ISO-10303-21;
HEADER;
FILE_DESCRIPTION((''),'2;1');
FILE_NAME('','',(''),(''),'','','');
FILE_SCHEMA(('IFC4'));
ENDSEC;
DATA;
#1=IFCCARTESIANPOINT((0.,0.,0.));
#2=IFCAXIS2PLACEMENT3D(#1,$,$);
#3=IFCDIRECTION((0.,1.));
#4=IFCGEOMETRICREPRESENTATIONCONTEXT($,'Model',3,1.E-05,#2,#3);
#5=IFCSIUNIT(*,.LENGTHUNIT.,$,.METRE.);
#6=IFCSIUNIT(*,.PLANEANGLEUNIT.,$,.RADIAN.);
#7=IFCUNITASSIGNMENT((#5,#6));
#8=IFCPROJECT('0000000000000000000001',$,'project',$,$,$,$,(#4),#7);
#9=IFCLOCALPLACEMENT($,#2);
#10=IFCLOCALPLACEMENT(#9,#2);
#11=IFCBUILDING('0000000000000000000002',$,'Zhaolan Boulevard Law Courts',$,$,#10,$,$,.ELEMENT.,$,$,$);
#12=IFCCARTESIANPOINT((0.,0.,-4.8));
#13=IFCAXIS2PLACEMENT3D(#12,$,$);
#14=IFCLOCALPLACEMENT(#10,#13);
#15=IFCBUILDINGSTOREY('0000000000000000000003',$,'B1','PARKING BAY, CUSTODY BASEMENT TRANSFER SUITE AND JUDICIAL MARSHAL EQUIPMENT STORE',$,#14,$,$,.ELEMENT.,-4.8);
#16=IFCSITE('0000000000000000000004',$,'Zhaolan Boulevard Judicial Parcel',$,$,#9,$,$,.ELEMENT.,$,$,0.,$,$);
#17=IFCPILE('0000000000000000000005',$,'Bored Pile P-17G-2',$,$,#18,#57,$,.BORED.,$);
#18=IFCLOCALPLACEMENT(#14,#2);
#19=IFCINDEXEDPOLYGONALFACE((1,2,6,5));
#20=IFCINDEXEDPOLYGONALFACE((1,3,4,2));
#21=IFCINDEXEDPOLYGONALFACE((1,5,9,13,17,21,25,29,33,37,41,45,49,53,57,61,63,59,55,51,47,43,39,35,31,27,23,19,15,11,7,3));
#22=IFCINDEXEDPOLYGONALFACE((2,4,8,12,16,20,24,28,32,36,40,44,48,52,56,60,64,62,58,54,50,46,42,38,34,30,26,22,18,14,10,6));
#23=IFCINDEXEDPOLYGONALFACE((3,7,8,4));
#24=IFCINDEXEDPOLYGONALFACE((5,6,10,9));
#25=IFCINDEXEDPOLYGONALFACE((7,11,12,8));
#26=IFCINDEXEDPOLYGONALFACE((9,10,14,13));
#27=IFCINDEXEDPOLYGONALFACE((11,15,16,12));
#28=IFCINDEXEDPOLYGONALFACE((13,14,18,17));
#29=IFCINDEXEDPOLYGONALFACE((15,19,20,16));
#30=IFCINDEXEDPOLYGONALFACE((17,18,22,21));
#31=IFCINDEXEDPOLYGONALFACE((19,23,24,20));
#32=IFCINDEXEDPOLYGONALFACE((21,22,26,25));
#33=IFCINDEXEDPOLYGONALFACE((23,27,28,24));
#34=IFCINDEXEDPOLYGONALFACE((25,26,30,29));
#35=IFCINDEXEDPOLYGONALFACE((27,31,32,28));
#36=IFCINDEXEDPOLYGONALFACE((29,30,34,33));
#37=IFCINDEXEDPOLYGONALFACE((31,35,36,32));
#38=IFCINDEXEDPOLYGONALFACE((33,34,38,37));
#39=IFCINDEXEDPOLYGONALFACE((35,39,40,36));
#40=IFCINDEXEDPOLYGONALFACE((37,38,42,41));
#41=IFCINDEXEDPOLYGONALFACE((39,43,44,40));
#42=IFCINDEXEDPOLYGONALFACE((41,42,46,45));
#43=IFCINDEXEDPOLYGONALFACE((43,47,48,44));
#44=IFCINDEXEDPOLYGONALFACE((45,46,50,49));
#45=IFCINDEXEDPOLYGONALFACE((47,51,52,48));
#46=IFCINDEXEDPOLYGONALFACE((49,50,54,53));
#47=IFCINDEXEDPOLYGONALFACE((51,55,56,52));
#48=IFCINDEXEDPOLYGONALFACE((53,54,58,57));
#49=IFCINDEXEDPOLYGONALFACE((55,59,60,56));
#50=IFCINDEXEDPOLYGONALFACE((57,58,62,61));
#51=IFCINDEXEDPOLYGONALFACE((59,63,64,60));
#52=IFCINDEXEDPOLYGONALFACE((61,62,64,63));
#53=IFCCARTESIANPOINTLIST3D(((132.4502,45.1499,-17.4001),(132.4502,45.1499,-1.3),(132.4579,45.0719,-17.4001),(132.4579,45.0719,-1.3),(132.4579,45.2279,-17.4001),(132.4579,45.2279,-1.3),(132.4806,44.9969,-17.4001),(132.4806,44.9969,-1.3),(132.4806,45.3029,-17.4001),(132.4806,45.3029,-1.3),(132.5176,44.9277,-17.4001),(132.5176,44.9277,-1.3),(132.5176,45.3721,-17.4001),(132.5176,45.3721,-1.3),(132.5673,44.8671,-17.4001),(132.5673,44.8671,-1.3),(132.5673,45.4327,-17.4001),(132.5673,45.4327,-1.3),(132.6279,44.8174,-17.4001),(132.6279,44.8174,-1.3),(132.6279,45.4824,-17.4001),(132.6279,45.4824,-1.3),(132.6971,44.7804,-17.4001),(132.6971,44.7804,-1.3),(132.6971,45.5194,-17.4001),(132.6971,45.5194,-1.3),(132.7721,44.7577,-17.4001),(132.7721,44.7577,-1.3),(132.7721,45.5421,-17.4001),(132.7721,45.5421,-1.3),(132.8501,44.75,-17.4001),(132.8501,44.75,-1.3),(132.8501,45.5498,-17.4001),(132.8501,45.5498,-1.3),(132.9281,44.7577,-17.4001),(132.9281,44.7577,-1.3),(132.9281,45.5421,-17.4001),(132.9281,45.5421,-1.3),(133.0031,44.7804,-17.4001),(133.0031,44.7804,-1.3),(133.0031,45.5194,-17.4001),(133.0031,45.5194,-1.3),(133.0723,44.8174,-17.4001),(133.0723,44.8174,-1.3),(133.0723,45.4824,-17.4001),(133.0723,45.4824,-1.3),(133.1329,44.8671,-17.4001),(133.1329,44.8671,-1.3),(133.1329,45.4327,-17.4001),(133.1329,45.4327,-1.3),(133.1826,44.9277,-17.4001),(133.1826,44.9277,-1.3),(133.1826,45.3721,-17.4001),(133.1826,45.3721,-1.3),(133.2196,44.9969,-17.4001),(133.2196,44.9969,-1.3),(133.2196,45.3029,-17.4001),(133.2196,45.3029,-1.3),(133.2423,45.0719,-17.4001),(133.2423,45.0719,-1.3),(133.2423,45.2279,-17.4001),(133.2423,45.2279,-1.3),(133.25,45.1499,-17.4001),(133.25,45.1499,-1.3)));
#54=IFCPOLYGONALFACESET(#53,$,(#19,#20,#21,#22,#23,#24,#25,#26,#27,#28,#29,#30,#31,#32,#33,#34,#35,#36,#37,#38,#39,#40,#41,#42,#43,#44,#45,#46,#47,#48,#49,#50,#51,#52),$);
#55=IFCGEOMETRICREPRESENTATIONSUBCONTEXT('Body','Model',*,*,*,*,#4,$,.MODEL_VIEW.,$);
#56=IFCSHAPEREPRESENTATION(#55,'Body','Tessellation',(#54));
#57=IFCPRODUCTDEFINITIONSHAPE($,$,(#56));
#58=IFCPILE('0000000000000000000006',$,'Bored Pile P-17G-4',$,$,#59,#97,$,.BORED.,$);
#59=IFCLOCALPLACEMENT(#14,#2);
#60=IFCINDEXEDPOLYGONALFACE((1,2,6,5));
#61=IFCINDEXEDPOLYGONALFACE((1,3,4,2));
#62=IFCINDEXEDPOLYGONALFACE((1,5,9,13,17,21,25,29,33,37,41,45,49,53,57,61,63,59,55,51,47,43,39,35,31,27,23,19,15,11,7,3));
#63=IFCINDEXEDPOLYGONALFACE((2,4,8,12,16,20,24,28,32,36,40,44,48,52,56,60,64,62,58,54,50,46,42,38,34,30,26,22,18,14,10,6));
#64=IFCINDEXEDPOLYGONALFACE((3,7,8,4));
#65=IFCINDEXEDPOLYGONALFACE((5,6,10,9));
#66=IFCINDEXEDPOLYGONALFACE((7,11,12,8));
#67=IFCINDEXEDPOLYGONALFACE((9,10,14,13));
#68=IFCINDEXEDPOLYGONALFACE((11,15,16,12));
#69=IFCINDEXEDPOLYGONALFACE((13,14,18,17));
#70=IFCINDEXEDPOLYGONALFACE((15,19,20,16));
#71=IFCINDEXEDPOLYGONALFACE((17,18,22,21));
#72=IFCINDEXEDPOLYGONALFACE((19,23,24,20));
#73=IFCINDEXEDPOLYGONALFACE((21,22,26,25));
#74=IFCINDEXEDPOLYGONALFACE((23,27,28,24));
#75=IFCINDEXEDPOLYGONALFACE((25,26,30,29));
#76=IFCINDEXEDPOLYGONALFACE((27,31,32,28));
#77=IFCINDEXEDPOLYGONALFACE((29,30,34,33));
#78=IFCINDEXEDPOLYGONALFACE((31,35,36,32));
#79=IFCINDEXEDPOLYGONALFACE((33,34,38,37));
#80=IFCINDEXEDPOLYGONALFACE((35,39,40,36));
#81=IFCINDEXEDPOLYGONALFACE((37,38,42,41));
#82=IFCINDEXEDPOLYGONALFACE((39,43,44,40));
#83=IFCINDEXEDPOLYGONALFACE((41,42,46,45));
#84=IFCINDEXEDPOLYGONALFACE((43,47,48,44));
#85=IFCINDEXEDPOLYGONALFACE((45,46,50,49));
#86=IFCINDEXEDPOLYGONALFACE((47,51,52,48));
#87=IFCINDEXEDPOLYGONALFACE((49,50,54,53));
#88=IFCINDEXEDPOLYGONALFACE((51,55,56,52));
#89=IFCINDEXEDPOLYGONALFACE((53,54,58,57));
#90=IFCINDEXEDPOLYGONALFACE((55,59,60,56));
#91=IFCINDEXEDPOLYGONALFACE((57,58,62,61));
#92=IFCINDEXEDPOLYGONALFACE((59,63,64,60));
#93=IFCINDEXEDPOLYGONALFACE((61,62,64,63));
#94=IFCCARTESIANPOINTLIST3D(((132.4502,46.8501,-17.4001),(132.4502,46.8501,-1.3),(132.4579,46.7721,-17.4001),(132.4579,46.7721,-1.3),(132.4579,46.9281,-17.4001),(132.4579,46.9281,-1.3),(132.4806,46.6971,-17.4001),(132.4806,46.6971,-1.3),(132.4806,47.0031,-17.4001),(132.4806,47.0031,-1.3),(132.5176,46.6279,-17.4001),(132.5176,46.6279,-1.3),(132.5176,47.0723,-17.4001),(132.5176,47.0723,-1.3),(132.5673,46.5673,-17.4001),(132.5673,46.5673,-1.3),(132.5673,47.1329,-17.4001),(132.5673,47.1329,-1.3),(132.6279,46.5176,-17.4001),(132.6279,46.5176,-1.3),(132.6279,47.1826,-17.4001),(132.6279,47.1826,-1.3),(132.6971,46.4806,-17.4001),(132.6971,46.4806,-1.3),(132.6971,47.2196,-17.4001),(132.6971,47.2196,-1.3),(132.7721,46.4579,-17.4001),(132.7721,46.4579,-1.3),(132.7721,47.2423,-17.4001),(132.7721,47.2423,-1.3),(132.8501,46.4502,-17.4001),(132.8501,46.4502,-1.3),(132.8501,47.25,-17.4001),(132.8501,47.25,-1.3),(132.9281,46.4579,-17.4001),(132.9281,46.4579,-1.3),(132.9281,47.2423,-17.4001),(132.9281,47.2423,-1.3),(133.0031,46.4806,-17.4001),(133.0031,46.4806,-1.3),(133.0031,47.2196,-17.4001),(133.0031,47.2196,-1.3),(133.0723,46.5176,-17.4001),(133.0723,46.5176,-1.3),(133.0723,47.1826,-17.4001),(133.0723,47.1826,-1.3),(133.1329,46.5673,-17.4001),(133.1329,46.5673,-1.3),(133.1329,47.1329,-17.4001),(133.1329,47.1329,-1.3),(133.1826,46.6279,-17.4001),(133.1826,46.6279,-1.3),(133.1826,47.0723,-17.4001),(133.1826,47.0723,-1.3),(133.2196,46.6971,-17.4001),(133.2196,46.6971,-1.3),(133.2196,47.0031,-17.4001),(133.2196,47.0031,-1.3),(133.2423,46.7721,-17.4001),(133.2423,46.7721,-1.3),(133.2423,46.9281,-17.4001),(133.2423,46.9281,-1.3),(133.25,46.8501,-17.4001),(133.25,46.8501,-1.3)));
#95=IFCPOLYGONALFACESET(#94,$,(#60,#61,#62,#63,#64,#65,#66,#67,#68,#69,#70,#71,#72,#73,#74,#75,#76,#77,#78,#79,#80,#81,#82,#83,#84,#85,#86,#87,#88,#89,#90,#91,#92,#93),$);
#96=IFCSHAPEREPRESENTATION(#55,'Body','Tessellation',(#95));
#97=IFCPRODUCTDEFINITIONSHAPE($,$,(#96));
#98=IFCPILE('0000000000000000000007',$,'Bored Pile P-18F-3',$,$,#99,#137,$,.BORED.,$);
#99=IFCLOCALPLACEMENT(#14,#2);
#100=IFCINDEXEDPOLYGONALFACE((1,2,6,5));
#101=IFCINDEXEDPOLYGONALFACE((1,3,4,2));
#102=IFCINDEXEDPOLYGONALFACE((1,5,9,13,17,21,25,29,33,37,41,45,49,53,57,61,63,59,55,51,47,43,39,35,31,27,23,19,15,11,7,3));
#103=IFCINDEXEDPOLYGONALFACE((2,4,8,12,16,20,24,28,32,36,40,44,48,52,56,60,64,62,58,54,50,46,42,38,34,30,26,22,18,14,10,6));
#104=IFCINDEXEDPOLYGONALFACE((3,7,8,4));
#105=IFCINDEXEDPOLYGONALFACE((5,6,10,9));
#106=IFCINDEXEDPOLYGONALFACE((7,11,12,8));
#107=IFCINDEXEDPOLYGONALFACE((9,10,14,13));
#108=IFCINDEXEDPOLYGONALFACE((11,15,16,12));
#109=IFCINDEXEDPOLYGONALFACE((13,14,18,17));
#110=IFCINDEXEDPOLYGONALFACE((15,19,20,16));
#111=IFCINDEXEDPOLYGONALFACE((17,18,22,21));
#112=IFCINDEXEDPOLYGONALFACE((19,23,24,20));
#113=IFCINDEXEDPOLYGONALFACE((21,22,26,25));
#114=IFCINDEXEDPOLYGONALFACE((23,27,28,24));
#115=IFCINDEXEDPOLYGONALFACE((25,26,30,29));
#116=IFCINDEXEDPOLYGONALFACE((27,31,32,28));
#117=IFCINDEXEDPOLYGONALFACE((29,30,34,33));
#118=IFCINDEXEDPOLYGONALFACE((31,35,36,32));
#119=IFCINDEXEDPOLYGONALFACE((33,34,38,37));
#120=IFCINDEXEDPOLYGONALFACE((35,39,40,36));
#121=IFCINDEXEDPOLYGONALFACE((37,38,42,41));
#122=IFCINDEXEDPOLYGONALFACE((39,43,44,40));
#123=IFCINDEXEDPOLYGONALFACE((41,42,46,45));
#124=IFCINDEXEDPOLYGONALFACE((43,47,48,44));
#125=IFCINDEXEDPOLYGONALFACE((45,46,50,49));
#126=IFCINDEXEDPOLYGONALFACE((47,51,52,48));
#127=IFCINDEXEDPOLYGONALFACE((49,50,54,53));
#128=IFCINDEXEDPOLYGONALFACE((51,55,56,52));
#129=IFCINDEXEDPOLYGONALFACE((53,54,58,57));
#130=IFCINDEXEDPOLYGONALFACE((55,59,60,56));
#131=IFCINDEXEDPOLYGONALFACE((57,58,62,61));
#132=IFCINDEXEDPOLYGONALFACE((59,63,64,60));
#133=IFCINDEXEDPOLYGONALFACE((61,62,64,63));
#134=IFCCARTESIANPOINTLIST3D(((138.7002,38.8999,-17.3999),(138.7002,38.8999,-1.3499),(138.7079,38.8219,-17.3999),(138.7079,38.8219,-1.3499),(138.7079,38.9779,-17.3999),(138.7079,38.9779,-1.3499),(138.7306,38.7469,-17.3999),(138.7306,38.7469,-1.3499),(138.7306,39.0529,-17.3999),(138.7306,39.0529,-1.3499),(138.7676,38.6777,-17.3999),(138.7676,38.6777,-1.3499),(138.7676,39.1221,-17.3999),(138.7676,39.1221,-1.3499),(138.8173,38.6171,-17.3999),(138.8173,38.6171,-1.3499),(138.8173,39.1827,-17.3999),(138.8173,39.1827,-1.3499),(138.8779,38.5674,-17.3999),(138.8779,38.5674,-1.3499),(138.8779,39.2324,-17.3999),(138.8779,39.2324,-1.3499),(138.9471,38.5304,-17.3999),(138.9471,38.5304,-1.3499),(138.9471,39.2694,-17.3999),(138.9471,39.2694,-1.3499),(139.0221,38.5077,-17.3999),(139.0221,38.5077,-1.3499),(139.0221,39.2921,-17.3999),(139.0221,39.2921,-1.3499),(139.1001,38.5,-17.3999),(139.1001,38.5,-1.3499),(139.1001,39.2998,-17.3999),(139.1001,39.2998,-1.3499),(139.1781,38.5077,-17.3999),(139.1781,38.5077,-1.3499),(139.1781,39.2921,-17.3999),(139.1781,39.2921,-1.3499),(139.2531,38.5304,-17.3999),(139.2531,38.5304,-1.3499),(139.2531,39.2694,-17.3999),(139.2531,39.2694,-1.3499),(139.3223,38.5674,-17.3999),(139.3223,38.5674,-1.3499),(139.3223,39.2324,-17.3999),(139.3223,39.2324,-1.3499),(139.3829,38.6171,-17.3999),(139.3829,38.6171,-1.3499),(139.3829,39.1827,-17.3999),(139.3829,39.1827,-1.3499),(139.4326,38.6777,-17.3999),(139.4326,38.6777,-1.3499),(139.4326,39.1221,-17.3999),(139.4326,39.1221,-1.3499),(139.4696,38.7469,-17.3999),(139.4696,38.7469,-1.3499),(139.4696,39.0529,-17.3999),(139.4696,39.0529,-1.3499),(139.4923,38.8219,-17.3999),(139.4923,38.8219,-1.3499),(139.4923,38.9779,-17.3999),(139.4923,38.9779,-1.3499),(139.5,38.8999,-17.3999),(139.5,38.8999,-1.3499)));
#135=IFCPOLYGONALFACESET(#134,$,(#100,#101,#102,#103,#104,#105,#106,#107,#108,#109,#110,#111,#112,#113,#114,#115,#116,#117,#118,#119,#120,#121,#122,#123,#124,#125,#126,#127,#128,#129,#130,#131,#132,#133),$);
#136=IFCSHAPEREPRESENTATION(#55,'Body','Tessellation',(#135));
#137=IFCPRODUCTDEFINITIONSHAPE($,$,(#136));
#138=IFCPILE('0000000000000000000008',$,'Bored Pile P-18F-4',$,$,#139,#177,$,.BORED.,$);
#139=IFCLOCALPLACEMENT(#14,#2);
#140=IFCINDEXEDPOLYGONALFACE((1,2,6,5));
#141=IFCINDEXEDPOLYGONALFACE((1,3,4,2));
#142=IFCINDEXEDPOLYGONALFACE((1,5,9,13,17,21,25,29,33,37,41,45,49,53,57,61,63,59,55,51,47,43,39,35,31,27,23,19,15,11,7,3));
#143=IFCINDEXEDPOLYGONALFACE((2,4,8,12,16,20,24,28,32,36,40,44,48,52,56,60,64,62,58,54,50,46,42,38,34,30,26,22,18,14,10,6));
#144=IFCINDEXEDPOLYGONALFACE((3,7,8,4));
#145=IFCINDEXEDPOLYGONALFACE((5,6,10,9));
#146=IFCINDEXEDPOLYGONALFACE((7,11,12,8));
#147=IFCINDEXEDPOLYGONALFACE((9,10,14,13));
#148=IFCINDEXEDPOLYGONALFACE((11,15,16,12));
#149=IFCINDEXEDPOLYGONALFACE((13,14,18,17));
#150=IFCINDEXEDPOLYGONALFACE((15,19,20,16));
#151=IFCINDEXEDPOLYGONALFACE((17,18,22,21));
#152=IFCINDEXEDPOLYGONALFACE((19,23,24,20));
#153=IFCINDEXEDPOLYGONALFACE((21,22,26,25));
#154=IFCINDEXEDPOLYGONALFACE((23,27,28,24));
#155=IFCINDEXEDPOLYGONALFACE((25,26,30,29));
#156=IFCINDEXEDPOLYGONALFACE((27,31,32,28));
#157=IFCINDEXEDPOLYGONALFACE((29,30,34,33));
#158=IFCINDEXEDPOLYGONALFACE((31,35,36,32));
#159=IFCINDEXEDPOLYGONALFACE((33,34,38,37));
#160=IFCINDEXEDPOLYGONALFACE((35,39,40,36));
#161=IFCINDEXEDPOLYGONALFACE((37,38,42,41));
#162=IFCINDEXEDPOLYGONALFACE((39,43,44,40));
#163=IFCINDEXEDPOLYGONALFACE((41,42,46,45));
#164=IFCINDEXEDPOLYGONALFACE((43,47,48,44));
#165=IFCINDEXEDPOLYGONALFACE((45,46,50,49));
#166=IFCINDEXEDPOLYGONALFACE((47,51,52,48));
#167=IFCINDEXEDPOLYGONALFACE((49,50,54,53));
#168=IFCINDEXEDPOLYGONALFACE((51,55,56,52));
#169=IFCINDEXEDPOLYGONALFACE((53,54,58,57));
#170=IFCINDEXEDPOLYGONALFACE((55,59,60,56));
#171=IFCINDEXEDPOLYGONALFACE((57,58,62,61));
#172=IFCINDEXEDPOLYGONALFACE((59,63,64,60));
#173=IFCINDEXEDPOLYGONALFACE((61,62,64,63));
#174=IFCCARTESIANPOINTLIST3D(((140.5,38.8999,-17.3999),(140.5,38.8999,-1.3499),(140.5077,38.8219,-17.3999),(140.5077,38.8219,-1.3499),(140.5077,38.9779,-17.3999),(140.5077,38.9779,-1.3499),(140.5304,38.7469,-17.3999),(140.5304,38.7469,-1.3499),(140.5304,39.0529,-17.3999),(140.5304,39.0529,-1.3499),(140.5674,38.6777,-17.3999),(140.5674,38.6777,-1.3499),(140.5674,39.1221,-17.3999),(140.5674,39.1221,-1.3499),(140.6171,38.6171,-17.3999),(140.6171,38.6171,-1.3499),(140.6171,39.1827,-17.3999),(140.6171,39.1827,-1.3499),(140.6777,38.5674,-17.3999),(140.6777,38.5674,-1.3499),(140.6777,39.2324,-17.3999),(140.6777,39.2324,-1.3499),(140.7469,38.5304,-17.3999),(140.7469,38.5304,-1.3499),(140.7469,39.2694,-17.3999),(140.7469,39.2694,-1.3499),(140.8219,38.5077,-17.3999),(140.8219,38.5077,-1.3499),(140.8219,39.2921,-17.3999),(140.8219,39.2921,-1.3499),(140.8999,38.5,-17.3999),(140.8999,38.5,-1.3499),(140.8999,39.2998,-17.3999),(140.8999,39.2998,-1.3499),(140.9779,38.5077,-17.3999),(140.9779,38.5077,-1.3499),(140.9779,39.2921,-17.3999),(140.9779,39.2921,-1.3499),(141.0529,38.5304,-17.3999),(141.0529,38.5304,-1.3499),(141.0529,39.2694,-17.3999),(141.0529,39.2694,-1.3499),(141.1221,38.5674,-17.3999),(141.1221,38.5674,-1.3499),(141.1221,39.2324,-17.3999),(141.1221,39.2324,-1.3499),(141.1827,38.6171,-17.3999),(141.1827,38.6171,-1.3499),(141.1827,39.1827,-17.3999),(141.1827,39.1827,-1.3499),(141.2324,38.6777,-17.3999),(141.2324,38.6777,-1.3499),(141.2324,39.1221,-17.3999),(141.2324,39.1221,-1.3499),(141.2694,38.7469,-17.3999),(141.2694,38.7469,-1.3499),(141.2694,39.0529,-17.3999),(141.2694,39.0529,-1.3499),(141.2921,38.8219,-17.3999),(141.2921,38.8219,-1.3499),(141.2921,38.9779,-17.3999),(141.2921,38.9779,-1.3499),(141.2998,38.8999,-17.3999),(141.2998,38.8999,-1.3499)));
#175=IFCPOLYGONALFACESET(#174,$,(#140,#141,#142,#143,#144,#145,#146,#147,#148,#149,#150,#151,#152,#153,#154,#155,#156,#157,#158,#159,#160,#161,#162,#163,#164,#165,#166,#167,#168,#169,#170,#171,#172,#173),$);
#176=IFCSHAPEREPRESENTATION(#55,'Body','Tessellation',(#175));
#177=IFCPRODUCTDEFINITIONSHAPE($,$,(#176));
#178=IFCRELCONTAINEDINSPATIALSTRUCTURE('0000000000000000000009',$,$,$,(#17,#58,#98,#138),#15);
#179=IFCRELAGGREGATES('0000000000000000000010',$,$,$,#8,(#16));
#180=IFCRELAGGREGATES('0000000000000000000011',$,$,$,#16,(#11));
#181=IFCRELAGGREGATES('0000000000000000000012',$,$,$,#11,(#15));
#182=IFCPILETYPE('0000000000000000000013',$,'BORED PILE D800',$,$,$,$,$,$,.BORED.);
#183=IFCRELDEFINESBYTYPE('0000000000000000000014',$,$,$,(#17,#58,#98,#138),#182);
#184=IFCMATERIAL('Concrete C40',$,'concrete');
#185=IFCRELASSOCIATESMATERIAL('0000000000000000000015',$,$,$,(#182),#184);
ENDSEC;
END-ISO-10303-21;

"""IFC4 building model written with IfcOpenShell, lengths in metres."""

from ifc_helpers import new_model, si_unit, direction, frame, origin, origin_2d, place, context, subcontext, project, spatial, circle, extrude, material, material_profile, profile_set, type_object, element, save


model = new_model("IFC4")

# Units and contexts
model_context = context("Model", 3, precision=1e-05, world=origin(), true_north=direction((0.0, 1.0)))
body_context = subcontext(model_context, "Body", "Model", "MODEL_VIEW")
ifc_project = project(units=[si_unit("LENGTHUNIT", "METRE"), si_unit("PLANEANGLEUNIT", "RADIAN")], contexts=[model_context])

# Site, building, storey
site_placement = place(None, origin())
site = spatial("IfcSite", under=ifc_project, at=site_placement, Name="Zhaolan Boulevard Judicial Parcel", CompositionType="ELEMENT", RefElevation=0.0)
building_placement = place(site_placement, origin())
building = spatial("IfcBuilding", under=site, at=building_placement, Name="Zhaolan Boulevard Law Courts", CompositionType="ELEMENT")
storey_placement = place(building_placement, frame((0.0, 0.0, -4.8)))
storey = spatial("IfcBuildingStorey", under=building, at=storey_placement, Name="B1", Description="PARKING BAY, CUSTODY BASEMENT TRANSFER SUITE AND JUDICIAL MARSHAL EQUIPMENT STORE", CompositionType="ELEMENT", Elevation=-4.8)

# Piles
ifc_material_1 = material(Name="Concrete C40", Category="concrete")
ifc_material_profile_1 = material_profile(ifc_material_1, circle(Radius=0.3999, at=origin_2d()), Name="PILE-D800")
ifc_profile_set_1 = profile_set([ifc_material_profile_1], Name="Concrete C40")
pile_type_1 = type_object("IfcPileType", Name="BORED PILE D800", PredefinedType="BORED", material=ifc_profile_set_1)
for number, where, z_axis, x_axis, name in (
    (1, (132.8501, 45.1499, -1.3), (0.0, 0.0, -1.0), (1.0, 0.0, 0.0), "Bored Pile P-17G-2"),
    (2, (132.8501, 46.8501, -1.3), (0.0, 0.0, -1.0), (1.0, 0.0, 0.0), "Bored Pile P-17G-4"),
):
    element("IfcPile", number, at=place(storey_placement, frame(where, z_axis=z_axis, x_axis=x_axis)), inside=storey, type_object=pile_type_1, Name=name, PredefinedType="BORED", context=body_context, shape_type="SweptSolid", body=[
        extrude(circle(Radius=0.3999, at=origin_2d()), origin(), (0.0, 0.0, 1.0), 16.1001),
    ])
for number, where, z_axis, x_axis, name in (
    (3, (139.1001, 38.8999, -1.3499), (0.0, 0.0, -1.0), (1.0, 0.0, 0.0), "Bored Pile P-18F-3"),
    (4, (140.8999, 38.8999, -1.3499), (0.0, 0.0, -1.0), (1.0, 0.0, 0.0), "Bored Pile P-18F-4"),
):
    element("IfcPile", number, at=place(storey_placement, frame(where, z_axis=z_axis, x_axis=x_axis)), inside=storey, type_object=pile_type_1, Name=name, PredefinedType="BORED", context=body_context, shape_type="SweptSolid", body=[
        extrude(circle(Radius=0.3999, at=origin_2d()), origin(), (0.0, 0.0, 1.0), 16.05),
    ])

save(model, "model.ifc")
